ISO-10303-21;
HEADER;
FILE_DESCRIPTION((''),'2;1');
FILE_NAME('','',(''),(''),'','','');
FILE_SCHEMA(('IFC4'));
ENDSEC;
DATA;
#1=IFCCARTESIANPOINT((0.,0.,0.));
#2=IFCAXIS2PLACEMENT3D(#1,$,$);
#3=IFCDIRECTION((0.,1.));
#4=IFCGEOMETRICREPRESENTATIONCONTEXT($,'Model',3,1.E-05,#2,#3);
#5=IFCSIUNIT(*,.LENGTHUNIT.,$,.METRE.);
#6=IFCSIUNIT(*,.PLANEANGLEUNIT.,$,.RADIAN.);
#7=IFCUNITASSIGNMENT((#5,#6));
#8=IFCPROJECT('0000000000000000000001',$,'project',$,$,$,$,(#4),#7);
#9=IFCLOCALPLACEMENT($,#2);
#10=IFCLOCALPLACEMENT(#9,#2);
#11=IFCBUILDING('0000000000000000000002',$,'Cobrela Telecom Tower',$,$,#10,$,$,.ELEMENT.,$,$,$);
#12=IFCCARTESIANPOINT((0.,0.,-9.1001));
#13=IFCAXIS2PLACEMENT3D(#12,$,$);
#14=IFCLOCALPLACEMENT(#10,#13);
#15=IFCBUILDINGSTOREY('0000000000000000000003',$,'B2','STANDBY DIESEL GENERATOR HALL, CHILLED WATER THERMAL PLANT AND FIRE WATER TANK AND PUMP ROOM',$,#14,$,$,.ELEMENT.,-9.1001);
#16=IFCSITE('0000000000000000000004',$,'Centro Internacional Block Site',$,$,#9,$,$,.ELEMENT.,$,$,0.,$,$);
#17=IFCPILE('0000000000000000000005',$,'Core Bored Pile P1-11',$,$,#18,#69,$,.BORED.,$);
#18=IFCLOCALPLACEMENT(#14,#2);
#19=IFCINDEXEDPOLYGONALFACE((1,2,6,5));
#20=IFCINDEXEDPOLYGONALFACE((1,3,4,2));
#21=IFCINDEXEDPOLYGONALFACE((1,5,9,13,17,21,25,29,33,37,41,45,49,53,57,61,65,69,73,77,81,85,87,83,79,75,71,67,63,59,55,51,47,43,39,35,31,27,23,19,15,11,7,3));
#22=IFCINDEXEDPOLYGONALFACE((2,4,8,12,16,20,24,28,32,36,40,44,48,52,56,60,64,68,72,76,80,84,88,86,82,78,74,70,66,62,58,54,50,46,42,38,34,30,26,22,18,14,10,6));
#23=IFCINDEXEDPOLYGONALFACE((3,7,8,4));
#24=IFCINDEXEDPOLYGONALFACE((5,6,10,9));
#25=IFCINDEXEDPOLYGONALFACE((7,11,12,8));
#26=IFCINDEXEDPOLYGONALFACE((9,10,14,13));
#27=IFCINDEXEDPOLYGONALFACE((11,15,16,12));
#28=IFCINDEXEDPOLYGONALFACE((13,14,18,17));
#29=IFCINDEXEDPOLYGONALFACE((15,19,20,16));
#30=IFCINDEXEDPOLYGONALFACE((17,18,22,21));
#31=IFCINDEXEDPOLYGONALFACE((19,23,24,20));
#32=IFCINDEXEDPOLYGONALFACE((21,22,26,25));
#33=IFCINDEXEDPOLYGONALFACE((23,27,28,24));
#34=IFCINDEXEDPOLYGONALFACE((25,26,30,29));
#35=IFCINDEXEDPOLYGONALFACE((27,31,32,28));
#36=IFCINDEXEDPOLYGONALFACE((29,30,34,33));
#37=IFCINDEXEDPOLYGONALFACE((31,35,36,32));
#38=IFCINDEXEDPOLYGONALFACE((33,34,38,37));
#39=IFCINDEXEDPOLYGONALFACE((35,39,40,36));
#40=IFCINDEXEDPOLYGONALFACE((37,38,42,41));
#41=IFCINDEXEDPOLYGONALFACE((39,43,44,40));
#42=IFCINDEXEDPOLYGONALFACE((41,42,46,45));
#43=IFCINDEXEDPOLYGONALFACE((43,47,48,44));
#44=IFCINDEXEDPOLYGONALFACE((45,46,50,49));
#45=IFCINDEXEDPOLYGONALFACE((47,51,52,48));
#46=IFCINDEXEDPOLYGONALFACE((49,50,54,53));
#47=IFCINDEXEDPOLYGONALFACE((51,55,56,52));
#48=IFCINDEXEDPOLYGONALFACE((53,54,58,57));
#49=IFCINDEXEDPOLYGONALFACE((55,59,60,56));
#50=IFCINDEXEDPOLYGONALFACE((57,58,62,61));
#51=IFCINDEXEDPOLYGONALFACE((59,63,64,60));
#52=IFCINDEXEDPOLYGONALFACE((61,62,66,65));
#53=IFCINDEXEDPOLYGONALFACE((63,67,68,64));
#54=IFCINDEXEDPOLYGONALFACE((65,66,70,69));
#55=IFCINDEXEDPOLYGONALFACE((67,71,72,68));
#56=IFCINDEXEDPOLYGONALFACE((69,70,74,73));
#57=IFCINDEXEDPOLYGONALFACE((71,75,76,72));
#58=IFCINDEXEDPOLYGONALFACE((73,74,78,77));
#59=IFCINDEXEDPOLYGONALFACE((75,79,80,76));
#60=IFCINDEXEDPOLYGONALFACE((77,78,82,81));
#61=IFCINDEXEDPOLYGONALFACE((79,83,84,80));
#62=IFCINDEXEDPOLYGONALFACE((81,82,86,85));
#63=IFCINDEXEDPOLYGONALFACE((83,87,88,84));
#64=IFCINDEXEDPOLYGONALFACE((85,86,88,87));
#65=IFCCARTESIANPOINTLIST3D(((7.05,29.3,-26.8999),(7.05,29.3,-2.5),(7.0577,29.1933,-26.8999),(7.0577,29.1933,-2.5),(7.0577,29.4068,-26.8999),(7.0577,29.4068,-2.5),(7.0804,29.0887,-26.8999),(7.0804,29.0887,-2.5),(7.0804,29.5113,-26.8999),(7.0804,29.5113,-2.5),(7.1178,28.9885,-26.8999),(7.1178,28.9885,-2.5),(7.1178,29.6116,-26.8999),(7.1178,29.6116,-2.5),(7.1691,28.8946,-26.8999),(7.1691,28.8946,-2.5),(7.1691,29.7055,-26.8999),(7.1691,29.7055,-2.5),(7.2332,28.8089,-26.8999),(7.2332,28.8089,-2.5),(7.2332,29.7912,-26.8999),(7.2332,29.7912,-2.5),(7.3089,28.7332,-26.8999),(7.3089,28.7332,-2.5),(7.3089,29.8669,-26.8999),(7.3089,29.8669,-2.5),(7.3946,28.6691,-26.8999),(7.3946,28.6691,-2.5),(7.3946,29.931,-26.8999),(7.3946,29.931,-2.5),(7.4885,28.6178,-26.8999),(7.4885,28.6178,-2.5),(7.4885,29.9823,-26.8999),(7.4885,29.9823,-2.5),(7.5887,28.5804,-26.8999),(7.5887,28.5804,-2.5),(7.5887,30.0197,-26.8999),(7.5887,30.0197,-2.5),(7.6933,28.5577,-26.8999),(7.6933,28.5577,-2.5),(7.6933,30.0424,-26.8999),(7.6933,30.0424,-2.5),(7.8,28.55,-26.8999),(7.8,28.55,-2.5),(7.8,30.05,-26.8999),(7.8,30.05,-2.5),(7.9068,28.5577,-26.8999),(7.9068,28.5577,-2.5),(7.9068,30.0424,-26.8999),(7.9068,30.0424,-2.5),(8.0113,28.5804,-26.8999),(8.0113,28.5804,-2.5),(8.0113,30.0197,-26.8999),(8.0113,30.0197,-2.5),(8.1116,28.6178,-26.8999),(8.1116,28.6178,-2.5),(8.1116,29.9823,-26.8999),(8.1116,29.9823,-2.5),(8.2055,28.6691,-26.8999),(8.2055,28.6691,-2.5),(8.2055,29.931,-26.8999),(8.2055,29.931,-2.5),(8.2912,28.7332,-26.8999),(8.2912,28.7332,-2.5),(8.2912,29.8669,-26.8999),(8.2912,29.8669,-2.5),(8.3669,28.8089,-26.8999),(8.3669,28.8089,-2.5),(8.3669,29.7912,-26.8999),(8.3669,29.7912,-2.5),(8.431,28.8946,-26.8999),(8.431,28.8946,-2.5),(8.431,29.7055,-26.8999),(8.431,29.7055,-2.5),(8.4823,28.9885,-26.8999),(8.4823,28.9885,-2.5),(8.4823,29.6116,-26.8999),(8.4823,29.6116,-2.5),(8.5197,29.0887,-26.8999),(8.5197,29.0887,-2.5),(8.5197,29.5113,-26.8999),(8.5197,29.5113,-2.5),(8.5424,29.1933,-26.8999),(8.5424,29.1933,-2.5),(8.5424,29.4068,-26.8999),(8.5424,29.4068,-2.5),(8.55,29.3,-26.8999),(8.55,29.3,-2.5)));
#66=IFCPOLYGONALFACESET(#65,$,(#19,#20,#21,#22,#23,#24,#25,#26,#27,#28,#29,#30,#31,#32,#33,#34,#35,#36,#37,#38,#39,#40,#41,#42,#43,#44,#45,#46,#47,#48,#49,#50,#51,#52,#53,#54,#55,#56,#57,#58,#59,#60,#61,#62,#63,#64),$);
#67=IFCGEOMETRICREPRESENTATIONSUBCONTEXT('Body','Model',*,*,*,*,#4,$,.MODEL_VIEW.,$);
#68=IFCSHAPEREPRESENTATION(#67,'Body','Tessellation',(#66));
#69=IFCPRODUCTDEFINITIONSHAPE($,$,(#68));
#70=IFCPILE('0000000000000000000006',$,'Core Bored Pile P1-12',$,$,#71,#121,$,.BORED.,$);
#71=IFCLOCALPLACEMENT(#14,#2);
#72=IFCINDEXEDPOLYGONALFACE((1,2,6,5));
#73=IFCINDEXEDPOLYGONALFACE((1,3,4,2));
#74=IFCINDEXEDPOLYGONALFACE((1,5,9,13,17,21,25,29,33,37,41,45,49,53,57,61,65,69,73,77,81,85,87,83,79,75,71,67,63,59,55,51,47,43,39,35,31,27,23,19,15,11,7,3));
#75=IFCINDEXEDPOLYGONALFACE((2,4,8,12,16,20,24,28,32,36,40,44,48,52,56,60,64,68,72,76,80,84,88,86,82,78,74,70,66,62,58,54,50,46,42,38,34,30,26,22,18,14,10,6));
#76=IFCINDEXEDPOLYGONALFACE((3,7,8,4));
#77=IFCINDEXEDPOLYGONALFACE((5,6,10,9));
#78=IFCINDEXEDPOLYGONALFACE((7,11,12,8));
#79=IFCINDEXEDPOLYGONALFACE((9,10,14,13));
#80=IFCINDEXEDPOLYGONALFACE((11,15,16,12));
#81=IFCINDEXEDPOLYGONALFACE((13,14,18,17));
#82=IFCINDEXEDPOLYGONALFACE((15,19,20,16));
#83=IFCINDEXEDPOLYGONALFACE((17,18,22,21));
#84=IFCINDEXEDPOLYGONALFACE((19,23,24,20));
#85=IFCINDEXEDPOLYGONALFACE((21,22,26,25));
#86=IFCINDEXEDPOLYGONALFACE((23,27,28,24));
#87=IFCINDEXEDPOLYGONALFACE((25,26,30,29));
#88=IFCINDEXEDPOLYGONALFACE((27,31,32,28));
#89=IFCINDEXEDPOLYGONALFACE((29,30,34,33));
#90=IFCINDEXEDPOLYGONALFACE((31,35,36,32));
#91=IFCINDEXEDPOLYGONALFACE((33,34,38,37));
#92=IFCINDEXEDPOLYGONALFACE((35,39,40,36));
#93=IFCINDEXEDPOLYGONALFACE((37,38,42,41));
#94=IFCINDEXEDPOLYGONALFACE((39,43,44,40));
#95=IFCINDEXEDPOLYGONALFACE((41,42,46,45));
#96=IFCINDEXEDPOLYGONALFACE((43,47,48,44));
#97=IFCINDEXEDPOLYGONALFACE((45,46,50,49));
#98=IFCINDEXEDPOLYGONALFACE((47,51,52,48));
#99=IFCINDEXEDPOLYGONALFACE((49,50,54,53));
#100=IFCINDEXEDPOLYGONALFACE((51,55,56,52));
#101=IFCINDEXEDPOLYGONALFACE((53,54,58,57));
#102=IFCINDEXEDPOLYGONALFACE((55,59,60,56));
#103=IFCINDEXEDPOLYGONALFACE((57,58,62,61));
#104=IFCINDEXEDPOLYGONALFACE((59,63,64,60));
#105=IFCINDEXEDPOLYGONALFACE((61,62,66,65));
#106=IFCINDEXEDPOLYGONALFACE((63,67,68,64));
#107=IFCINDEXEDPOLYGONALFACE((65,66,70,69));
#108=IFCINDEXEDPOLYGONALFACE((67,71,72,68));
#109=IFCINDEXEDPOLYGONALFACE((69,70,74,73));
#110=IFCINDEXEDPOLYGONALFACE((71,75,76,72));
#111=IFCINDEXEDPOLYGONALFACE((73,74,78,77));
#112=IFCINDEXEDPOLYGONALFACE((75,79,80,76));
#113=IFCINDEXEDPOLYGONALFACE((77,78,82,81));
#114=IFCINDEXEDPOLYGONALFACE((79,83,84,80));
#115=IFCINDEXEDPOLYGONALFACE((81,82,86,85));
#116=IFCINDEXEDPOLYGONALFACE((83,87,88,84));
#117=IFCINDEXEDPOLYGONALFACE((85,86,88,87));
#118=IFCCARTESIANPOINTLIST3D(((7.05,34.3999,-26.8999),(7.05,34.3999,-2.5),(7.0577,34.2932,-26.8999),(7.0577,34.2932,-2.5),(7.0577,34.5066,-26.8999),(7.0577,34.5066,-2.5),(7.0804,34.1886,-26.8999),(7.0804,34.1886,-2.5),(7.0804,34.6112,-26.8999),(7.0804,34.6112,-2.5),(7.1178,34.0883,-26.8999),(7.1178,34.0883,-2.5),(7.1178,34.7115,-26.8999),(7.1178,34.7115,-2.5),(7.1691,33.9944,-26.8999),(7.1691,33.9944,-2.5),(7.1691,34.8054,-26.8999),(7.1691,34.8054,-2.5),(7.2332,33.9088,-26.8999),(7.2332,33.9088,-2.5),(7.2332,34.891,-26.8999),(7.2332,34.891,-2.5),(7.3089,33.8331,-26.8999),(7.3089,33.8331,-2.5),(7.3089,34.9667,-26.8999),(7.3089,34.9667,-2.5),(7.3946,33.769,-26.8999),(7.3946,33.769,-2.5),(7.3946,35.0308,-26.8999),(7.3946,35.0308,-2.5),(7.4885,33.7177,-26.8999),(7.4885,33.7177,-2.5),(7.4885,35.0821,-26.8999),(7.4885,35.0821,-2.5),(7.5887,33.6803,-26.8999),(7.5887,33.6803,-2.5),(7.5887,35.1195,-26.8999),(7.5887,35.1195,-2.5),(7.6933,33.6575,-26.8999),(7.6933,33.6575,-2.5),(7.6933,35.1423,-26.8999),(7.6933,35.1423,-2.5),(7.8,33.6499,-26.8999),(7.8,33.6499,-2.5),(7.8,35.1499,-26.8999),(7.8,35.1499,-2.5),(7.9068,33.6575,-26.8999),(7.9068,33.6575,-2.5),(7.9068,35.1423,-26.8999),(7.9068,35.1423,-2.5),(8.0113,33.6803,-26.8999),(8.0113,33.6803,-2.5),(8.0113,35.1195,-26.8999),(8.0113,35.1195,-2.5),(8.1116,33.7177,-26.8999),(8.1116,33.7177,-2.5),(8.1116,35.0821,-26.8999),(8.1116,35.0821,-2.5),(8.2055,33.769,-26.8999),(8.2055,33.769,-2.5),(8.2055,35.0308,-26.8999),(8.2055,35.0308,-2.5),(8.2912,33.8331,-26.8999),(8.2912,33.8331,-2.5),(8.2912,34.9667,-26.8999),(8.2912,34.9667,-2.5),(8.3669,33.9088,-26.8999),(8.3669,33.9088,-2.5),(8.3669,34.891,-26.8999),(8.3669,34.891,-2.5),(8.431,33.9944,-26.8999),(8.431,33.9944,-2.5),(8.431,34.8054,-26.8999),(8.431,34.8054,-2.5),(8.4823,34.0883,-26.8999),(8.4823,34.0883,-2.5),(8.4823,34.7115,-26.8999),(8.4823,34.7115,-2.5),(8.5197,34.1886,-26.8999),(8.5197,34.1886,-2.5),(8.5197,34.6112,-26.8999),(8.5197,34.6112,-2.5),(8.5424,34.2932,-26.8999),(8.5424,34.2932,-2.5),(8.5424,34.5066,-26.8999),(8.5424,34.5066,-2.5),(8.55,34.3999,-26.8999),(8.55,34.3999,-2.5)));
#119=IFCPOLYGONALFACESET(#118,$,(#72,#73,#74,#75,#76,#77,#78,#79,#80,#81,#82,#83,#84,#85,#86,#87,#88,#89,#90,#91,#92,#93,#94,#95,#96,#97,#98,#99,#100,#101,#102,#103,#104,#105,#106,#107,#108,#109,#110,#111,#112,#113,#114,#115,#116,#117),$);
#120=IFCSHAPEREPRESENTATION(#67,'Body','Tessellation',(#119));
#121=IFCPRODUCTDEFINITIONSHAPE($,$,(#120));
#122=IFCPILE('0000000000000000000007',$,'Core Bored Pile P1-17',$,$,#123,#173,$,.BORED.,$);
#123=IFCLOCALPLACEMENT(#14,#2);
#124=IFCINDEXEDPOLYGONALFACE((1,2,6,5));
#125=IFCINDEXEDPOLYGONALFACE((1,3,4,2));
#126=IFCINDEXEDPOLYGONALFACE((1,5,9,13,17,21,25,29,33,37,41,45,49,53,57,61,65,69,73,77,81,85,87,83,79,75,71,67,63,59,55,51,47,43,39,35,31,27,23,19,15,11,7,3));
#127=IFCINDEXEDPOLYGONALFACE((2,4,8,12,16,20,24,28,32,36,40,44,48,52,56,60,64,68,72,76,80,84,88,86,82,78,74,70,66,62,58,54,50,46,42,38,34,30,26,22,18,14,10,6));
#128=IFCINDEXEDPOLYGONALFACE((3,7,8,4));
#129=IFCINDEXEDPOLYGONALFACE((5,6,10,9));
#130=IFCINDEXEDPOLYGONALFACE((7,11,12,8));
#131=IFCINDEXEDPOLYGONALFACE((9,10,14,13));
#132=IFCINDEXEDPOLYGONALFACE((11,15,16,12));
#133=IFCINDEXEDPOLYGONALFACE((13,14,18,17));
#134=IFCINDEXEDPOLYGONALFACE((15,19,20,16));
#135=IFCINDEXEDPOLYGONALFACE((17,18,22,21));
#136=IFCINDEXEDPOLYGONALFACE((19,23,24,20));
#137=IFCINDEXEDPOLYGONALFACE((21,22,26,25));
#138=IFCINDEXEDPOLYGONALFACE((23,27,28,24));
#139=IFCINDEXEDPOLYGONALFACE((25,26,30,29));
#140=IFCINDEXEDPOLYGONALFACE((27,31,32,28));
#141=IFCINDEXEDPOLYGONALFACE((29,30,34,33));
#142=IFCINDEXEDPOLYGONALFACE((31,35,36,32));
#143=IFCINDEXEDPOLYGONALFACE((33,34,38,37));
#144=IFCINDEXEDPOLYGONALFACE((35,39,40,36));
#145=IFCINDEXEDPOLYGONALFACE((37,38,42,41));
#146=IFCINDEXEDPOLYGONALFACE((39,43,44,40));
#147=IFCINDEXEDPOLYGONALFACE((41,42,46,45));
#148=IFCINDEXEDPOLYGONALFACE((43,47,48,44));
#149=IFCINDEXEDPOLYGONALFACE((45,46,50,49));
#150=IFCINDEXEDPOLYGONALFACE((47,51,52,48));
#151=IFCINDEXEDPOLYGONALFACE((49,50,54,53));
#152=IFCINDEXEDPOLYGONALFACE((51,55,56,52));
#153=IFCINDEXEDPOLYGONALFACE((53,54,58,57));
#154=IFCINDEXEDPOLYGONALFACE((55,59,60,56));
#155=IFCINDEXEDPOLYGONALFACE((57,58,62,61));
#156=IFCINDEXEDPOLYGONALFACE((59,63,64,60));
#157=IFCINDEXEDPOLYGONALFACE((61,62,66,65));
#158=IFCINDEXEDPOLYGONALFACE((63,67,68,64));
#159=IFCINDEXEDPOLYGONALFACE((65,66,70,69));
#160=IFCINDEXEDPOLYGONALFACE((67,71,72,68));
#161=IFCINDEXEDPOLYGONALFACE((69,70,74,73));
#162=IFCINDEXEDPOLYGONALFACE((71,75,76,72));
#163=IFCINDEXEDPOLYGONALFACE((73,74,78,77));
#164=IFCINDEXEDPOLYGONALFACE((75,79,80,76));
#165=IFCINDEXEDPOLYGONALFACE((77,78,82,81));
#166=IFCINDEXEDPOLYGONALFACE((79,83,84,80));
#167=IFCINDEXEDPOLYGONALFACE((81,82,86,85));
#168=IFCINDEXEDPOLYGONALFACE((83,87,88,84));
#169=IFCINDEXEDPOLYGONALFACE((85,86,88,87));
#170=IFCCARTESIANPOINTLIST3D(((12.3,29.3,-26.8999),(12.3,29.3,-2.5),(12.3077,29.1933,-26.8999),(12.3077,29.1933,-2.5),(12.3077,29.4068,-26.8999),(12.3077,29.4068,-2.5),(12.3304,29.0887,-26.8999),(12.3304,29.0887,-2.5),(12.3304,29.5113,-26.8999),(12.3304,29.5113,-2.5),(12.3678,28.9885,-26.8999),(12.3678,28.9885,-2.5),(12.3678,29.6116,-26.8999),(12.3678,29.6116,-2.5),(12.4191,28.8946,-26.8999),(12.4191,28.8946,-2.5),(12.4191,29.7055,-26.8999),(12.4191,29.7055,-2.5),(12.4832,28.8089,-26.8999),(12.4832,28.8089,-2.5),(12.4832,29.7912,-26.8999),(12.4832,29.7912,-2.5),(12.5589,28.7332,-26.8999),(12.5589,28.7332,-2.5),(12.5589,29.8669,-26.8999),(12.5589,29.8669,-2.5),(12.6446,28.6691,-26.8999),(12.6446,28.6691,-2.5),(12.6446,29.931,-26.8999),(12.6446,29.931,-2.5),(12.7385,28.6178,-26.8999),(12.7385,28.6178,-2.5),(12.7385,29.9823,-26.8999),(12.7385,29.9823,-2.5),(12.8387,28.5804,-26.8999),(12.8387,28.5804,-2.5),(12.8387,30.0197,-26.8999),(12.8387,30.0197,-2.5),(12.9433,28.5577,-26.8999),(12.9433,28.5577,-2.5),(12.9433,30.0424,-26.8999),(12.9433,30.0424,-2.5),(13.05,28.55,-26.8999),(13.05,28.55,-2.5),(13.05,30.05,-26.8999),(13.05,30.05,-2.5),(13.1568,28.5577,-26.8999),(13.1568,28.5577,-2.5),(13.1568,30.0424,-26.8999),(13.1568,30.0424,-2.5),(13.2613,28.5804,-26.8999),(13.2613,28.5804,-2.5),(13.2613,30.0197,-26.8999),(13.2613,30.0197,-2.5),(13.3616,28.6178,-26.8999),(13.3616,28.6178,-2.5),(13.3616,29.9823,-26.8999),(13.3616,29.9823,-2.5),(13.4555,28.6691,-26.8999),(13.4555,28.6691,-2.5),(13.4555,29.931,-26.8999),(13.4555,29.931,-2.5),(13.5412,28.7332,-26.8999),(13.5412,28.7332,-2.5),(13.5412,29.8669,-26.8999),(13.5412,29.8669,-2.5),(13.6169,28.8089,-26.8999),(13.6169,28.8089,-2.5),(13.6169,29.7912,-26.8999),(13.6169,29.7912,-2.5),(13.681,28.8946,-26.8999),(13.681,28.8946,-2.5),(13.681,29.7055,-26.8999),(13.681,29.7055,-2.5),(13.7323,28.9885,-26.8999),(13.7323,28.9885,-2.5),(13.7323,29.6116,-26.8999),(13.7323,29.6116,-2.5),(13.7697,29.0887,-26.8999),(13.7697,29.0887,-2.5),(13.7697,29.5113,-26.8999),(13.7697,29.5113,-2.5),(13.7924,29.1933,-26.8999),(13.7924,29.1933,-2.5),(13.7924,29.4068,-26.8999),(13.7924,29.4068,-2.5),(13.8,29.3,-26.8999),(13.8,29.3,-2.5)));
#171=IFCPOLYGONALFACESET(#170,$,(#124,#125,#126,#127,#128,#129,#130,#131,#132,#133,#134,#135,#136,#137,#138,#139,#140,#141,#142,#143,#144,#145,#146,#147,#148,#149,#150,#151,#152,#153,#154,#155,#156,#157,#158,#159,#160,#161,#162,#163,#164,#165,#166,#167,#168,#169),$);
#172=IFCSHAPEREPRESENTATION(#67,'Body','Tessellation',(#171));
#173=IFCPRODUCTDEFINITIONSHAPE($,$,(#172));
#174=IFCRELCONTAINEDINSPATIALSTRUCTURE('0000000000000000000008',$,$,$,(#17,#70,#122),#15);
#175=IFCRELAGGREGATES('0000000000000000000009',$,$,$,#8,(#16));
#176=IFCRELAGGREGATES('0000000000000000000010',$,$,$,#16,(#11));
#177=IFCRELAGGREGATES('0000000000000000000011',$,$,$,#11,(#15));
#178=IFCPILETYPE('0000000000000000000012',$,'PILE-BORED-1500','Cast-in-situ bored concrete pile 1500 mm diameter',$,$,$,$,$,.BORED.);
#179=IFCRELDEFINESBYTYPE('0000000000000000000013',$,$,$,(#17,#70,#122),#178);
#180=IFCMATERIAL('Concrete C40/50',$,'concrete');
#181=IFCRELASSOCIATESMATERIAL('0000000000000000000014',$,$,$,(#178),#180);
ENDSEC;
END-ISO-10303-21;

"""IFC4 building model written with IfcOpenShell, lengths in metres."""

from ifc_helpers import new_model, si_unit, direction, frame, origin, origin_2d, place, context, subcontext, project, spatial, circle, extrude, material, material_profile, profile_set, type_object, element, save


model = new_model("IFC4")

# Units and contexts
model_context = context("Model", 3, precision=1e-05, world=origin(), true_north=direction((0.0, 1.0)))
body_context = subcontext(model_context, "Body", "Model", "MODEL_VIEW")
ifc_project = project(units=[si_unit("LENGTHUNIT", "METRE"), si_unit("PLANEANGLEUNIT", "RADIAN")], contexts=[model_context])

# Site, building, storey
site_placement = place(None, origin())
site = spatial("IfcSite", under=ifc_project, at=site_placement, Name="Centro Internacional Block Site", CompositionType="ELEMENT", RefElevation=0.0)
building_placement = place(site_placement, origin())
building = spatial("IfcBuilding", under=site, at=building_placement, Name="Cobrela Telecom Tower", CompositionType="ELEMENT")
storey_placement = place(building_placement, frame((0.0, 0.0, -9.1001)))
storey = spatial("IfcBuildingStorey", under=building, at=storey_placement, Name="B2", Description="STANDBY DIESEL GENERATOR HALL, CHILLED WATER THERMAL PLANT AND FIRE WATER TANK AND PUMP ROOM", CompositionType="ELEMENT", Elevation=-9.1001)

# Shared definitions
ifc_material_1 = material(Name="Concrete C40/50", Category="concrete")

# Piles
ifc_material_profile_1 = material_profile(ifc_material_1, circle(Radius=0.75, at=origin_2d()), Name="BORED PILE D1500")
ifc_profile_set_1 = profile_set([ifc_material_profile_1], Name="Concrete C40/50")
pile_type_1 = type_object("IfcPileType", Name="PILE-BORED-1500", Description="Cast-in-situ bored concrete pile 1500 mm diameter", PredefinedType="BORED", material=ifc_profile_set_1)
for number, where, z_axis, x_axis, name in (
    (1, (7.8, 29.3, -2.5), (0.0, 0.0, -1.0), (1.0, 0.0, 0.0), "Core Bored Pile P1-11"),
    (2, (7.8, 34.3999, -2.5), (0.0, 0.0, -1.0), (1.0, 0.0, 0.0), "Core Bored Pile P1-12"),
    (3, (13.05, 29.3, -2.5), (0.0, 0.0, -1.0), (1.0, 0.0, 0.0), "Core Bored Pile P1-17"),
):
    element("IfcPile", number, at=place(storey_placement, frame(where, z_axis=z_axis, x_axis=x_axis)), inside=storey, type_object=pile_type_1, Name=name, PredefinedType="BORED", context=body_context, shape_type="SweptSolid", body=[
        extrude(circle(Radius=0.75, at=origin_2d()), origin(), (0.0, 0.0, 1.0), 24.3999),
    ])

save(model, "model.ifc")
